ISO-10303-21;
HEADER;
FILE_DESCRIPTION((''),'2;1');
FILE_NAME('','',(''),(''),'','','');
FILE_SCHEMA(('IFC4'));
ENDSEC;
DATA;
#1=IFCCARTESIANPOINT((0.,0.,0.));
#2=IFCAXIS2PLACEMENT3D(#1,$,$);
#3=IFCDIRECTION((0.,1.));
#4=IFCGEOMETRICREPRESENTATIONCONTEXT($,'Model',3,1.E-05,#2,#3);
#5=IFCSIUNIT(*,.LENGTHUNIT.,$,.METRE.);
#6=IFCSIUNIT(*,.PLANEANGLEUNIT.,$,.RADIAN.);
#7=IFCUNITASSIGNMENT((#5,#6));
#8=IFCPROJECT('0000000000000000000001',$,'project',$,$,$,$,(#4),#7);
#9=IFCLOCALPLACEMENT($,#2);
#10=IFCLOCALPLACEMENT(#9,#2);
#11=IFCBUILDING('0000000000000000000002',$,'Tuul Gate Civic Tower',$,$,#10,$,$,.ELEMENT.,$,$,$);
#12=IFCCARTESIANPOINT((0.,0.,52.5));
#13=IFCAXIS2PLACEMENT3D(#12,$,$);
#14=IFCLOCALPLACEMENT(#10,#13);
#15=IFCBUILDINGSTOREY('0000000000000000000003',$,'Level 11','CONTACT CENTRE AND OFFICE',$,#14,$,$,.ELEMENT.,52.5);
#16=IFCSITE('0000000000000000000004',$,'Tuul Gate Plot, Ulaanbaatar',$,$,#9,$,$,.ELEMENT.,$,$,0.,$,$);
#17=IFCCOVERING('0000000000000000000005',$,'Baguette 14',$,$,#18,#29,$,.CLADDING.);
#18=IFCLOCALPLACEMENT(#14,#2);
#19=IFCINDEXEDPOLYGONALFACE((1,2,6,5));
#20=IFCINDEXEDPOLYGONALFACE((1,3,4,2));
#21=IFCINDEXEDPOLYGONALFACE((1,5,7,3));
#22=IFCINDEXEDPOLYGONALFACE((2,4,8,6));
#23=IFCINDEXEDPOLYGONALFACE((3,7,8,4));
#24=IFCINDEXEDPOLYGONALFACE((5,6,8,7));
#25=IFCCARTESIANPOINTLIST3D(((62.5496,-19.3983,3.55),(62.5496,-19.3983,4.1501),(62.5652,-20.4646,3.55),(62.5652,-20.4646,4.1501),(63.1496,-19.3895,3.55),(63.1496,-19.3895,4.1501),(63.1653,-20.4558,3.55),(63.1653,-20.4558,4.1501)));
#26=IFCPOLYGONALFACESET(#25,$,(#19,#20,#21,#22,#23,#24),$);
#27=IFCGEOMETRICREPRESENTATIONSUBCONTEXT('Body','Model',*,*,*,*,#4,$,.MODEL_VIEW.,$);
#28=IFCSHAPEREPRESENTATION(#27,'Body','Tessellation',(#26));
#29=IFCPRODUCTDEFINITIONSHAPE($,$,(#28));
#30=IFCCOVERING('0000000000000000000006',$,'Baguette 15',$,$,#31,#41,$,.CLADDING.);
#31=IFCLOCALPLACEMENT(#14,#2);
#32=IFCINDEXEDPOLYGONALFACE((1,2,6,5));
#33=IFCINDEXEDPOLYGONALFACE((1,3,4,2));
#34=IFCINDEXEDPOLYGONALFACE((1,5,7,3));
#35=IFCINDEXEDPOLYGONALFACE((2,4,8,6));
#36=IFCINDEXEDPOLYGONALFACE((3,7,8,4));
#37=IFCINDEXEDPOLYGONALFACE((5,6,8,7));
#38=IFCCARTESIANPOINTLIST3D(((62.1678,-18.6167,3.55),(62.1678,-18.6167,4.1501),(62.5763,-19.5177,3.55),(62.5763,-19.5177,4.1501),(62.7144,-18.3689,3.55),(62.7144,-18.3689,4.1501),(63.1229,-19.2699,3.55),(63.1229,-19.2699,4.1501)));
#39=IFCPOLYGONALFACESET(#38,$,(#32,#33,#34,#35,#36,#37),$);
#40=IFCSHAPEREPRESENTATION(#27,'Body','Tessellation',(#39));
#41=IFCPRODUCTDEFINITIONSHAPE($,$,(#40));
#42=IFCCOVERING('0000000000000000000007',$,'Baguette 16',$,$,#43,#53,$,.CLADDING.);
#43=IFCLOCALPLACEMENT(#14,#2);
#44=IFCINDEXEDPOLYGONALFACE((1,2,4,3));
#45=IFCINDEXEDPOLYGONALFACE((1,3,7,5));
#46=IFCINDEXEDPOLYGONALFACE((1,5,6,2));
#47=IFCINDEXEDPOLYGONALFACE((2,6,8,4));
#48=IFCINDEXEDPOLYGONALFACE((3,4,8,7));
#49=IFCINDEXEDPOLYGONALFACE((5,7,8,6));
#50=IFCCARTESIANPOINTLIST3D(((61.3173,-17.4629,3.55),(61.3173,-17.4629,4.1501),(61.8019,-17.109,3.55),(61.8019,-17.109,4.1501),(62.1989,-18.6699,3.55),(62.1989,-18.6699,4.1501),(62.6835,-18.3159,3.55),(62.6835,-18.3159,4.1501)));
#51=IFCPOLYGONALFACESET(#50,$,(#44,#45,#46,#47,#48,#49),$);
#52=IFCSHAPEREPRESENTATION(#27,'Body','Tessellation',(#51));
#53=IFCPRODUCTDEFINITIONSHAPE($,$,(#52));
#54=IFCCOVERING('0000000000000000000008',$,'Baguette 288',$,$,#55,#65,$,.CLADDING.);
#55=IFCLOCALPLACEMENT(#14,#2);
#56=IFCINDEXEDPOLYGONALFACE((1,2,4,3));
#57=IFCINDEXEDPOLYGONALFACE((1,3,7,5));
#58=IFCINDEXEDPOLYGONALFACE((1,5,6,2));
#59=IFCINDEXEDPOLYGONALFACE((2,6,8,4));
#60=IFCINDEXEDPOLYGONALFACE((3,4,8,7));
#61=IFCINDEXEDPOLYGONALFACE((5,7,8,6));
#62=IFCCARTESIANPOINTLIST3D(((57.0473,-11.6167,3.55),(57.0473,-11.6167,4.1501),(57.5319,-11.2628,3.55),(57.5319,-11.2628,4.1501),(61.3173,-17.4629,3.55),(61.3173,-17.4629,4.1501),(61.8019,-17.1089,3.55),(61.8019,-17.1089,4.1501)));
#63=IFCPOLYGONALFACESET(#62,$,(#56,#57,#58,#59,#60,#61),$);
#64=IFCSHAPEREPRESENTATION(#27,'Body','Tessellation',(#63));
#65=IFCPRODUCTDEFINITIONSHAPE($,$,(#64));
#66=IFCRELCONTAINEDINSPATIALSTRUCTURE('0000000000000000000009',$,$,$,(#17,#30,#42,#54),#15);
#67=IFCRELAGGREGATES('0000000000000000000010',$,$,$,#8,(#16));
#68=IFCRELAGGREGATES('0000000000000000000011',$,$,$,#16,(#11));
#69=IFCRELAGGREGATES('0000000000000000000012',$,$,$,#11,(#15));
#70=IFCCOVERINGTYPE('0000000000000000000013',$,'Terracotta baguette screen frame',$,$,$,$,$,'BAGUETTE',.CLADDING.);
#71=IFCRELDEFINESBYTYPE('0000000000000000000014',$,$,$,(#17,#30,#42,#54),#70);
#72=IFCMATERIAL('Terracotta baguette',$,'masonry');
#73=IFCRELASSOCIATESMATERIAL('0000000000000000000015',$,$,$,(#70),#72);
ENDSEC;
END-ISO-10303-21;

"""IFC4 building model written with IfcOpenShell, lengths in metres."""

from ifc_helpers import new_model, si_unit, direction, frame, origin, origin_2d, place, context, subcontext, project, spatial, rectangle, extrude, material, material_profile, profile_set, type_object, element, save


model = new_model("IFC4")

# Units and contexts
model_context = context("Model", 3, precision=1e-05, world=origin(), true_north=direction((0.0, 1.0)))
body_context = subcontext(model_context, "Body", "Model", "MODEL_VIEW")
ifc_project = project(units=[si_unit("LENGTHUNIT", "METRE"), si_unit("PLANEANGLEUNIT", "RADIAN")], contexts=[model_context])

# Site, building, storey
site_placement = place(None, origin())
site = spatial("IfcSite", under=ifc_project, at=site_placement, Name="Tuul Gate Plot, Ulaanbaatar", CompositionType="ELEMENT", RefElevation=0.0)
building_placement = place(site_placement, origin())
building = spatial("IfcBuilding", under=site, at=building_placement, Name="Tuul Gate Civic Tower", CompositionType="ELEMENT")
storey_placement = place(building_placement, frame((0.0, 0.0, 52.5)))
storey = spatial("IfcBuildingStorey", under=building, at=storey_placement, Name="Level 11", Description="CONTACT CENTRE AND OFFICE", CompositionType="ELEMENT", Elevation=52.5)

# Coverings
ifc_material_1 = material(Name="Terracotta baguette", Category="masonry")
ifc_material_profile_1 = material_profile(ifc_material_1, rectangle(XDim=0.6001, YDim=0.6001, at=origin_2d()), Name="Terracotta baguette screen frame")
ifc_profile_set_1 = profile_set([ifc_material_profile_1], Name="Terracotta baguette")
covering_type = type_object("IfcCoveringType", Name="Terracotta baguette screen frame", ElementType="BAGUETTE", PredefinedType="CLADDING", material=ifc_profile_set_1)
covering_1_placement = place(storey_placement, frame((62.8652, -20.4602, 3.8501), z_axis=(-0.01465, 0.999893, 0.0), x_axis=(-0.999893, -0.01465, 0.0)))
element("IfcCovering", 1, at=covering_1_placement, inside=storey, type_object=covering_type, Name="Baguette 14", PredefinedType="CLADDING", context=body_context, shape_type="SweptSolid", body=[
    extrude(rectangle(XDim=0.6001, YDim=0.6001, at=origin_2d()), origin(), (0.0, 0.0, 1.0), 1.0664),
])
covering_2_placement = place(storey_placement, frame((62.8496, -19.3938, 3.8501), z_axis=(-0.412929, 0.910763, 0.0), x_axis=(-0.910763, -0.412929, 0.0)))
element("IfcCovering", 2, at=covering_2_placement, inside=storey, type_object=covering_type, Name="Baguette 15", PredefinedType="CLADDING", context=body_context, shape_type="SweptSolid", body=[
    extrude(rectangle(XDim=0.6001, YDim=0.6001, at=origin_2d()), origin(), (0.0, 0.0, 1.0), 0.9893),
])
covering_3_placement = place(storey_placement, frame((62.4412, -18.4929, 3.8501), z_axis=(-0.589812, 0.807541, 0.0), x_axis=(-0.807541, -0.589812, 0.0)))
element("IfcCovering", 3, at=covering_3_placement, inside=storey, type_object=covering_type, Name="Baguette 16", PredefinedType="CLADDING", context=body_context, shape_type="SweptSolid", body=[
    extrude(rectangle(XDim=0.6001, YDim=0.6001, at=origin_2d()), origin(), (0.0, 0.0, 1.0), 1.4946),
])
covering_4_placement = place(storey_placement, frame((61.5596, -17.2859, 3.8501), z_axis=(-0.589819, 0.807536, 0.0), x_axis=(-0.807536, -0.589819, 0.0)))
element("IfcCovering", 4, at=covering_4_placement, inside=storey, type_object=covering_type, Name="Baguette 288", PredefinedType="CLADDING", context=body_context, shape_type="SweptSolid", body=[
    extrude(rectangle(XDim=0.6001, YDim=0.6001, at=origin_2d()), origin(), (0.0, 0.0, 1.0), 7.2395),
])

save(model, "model.ifc")
